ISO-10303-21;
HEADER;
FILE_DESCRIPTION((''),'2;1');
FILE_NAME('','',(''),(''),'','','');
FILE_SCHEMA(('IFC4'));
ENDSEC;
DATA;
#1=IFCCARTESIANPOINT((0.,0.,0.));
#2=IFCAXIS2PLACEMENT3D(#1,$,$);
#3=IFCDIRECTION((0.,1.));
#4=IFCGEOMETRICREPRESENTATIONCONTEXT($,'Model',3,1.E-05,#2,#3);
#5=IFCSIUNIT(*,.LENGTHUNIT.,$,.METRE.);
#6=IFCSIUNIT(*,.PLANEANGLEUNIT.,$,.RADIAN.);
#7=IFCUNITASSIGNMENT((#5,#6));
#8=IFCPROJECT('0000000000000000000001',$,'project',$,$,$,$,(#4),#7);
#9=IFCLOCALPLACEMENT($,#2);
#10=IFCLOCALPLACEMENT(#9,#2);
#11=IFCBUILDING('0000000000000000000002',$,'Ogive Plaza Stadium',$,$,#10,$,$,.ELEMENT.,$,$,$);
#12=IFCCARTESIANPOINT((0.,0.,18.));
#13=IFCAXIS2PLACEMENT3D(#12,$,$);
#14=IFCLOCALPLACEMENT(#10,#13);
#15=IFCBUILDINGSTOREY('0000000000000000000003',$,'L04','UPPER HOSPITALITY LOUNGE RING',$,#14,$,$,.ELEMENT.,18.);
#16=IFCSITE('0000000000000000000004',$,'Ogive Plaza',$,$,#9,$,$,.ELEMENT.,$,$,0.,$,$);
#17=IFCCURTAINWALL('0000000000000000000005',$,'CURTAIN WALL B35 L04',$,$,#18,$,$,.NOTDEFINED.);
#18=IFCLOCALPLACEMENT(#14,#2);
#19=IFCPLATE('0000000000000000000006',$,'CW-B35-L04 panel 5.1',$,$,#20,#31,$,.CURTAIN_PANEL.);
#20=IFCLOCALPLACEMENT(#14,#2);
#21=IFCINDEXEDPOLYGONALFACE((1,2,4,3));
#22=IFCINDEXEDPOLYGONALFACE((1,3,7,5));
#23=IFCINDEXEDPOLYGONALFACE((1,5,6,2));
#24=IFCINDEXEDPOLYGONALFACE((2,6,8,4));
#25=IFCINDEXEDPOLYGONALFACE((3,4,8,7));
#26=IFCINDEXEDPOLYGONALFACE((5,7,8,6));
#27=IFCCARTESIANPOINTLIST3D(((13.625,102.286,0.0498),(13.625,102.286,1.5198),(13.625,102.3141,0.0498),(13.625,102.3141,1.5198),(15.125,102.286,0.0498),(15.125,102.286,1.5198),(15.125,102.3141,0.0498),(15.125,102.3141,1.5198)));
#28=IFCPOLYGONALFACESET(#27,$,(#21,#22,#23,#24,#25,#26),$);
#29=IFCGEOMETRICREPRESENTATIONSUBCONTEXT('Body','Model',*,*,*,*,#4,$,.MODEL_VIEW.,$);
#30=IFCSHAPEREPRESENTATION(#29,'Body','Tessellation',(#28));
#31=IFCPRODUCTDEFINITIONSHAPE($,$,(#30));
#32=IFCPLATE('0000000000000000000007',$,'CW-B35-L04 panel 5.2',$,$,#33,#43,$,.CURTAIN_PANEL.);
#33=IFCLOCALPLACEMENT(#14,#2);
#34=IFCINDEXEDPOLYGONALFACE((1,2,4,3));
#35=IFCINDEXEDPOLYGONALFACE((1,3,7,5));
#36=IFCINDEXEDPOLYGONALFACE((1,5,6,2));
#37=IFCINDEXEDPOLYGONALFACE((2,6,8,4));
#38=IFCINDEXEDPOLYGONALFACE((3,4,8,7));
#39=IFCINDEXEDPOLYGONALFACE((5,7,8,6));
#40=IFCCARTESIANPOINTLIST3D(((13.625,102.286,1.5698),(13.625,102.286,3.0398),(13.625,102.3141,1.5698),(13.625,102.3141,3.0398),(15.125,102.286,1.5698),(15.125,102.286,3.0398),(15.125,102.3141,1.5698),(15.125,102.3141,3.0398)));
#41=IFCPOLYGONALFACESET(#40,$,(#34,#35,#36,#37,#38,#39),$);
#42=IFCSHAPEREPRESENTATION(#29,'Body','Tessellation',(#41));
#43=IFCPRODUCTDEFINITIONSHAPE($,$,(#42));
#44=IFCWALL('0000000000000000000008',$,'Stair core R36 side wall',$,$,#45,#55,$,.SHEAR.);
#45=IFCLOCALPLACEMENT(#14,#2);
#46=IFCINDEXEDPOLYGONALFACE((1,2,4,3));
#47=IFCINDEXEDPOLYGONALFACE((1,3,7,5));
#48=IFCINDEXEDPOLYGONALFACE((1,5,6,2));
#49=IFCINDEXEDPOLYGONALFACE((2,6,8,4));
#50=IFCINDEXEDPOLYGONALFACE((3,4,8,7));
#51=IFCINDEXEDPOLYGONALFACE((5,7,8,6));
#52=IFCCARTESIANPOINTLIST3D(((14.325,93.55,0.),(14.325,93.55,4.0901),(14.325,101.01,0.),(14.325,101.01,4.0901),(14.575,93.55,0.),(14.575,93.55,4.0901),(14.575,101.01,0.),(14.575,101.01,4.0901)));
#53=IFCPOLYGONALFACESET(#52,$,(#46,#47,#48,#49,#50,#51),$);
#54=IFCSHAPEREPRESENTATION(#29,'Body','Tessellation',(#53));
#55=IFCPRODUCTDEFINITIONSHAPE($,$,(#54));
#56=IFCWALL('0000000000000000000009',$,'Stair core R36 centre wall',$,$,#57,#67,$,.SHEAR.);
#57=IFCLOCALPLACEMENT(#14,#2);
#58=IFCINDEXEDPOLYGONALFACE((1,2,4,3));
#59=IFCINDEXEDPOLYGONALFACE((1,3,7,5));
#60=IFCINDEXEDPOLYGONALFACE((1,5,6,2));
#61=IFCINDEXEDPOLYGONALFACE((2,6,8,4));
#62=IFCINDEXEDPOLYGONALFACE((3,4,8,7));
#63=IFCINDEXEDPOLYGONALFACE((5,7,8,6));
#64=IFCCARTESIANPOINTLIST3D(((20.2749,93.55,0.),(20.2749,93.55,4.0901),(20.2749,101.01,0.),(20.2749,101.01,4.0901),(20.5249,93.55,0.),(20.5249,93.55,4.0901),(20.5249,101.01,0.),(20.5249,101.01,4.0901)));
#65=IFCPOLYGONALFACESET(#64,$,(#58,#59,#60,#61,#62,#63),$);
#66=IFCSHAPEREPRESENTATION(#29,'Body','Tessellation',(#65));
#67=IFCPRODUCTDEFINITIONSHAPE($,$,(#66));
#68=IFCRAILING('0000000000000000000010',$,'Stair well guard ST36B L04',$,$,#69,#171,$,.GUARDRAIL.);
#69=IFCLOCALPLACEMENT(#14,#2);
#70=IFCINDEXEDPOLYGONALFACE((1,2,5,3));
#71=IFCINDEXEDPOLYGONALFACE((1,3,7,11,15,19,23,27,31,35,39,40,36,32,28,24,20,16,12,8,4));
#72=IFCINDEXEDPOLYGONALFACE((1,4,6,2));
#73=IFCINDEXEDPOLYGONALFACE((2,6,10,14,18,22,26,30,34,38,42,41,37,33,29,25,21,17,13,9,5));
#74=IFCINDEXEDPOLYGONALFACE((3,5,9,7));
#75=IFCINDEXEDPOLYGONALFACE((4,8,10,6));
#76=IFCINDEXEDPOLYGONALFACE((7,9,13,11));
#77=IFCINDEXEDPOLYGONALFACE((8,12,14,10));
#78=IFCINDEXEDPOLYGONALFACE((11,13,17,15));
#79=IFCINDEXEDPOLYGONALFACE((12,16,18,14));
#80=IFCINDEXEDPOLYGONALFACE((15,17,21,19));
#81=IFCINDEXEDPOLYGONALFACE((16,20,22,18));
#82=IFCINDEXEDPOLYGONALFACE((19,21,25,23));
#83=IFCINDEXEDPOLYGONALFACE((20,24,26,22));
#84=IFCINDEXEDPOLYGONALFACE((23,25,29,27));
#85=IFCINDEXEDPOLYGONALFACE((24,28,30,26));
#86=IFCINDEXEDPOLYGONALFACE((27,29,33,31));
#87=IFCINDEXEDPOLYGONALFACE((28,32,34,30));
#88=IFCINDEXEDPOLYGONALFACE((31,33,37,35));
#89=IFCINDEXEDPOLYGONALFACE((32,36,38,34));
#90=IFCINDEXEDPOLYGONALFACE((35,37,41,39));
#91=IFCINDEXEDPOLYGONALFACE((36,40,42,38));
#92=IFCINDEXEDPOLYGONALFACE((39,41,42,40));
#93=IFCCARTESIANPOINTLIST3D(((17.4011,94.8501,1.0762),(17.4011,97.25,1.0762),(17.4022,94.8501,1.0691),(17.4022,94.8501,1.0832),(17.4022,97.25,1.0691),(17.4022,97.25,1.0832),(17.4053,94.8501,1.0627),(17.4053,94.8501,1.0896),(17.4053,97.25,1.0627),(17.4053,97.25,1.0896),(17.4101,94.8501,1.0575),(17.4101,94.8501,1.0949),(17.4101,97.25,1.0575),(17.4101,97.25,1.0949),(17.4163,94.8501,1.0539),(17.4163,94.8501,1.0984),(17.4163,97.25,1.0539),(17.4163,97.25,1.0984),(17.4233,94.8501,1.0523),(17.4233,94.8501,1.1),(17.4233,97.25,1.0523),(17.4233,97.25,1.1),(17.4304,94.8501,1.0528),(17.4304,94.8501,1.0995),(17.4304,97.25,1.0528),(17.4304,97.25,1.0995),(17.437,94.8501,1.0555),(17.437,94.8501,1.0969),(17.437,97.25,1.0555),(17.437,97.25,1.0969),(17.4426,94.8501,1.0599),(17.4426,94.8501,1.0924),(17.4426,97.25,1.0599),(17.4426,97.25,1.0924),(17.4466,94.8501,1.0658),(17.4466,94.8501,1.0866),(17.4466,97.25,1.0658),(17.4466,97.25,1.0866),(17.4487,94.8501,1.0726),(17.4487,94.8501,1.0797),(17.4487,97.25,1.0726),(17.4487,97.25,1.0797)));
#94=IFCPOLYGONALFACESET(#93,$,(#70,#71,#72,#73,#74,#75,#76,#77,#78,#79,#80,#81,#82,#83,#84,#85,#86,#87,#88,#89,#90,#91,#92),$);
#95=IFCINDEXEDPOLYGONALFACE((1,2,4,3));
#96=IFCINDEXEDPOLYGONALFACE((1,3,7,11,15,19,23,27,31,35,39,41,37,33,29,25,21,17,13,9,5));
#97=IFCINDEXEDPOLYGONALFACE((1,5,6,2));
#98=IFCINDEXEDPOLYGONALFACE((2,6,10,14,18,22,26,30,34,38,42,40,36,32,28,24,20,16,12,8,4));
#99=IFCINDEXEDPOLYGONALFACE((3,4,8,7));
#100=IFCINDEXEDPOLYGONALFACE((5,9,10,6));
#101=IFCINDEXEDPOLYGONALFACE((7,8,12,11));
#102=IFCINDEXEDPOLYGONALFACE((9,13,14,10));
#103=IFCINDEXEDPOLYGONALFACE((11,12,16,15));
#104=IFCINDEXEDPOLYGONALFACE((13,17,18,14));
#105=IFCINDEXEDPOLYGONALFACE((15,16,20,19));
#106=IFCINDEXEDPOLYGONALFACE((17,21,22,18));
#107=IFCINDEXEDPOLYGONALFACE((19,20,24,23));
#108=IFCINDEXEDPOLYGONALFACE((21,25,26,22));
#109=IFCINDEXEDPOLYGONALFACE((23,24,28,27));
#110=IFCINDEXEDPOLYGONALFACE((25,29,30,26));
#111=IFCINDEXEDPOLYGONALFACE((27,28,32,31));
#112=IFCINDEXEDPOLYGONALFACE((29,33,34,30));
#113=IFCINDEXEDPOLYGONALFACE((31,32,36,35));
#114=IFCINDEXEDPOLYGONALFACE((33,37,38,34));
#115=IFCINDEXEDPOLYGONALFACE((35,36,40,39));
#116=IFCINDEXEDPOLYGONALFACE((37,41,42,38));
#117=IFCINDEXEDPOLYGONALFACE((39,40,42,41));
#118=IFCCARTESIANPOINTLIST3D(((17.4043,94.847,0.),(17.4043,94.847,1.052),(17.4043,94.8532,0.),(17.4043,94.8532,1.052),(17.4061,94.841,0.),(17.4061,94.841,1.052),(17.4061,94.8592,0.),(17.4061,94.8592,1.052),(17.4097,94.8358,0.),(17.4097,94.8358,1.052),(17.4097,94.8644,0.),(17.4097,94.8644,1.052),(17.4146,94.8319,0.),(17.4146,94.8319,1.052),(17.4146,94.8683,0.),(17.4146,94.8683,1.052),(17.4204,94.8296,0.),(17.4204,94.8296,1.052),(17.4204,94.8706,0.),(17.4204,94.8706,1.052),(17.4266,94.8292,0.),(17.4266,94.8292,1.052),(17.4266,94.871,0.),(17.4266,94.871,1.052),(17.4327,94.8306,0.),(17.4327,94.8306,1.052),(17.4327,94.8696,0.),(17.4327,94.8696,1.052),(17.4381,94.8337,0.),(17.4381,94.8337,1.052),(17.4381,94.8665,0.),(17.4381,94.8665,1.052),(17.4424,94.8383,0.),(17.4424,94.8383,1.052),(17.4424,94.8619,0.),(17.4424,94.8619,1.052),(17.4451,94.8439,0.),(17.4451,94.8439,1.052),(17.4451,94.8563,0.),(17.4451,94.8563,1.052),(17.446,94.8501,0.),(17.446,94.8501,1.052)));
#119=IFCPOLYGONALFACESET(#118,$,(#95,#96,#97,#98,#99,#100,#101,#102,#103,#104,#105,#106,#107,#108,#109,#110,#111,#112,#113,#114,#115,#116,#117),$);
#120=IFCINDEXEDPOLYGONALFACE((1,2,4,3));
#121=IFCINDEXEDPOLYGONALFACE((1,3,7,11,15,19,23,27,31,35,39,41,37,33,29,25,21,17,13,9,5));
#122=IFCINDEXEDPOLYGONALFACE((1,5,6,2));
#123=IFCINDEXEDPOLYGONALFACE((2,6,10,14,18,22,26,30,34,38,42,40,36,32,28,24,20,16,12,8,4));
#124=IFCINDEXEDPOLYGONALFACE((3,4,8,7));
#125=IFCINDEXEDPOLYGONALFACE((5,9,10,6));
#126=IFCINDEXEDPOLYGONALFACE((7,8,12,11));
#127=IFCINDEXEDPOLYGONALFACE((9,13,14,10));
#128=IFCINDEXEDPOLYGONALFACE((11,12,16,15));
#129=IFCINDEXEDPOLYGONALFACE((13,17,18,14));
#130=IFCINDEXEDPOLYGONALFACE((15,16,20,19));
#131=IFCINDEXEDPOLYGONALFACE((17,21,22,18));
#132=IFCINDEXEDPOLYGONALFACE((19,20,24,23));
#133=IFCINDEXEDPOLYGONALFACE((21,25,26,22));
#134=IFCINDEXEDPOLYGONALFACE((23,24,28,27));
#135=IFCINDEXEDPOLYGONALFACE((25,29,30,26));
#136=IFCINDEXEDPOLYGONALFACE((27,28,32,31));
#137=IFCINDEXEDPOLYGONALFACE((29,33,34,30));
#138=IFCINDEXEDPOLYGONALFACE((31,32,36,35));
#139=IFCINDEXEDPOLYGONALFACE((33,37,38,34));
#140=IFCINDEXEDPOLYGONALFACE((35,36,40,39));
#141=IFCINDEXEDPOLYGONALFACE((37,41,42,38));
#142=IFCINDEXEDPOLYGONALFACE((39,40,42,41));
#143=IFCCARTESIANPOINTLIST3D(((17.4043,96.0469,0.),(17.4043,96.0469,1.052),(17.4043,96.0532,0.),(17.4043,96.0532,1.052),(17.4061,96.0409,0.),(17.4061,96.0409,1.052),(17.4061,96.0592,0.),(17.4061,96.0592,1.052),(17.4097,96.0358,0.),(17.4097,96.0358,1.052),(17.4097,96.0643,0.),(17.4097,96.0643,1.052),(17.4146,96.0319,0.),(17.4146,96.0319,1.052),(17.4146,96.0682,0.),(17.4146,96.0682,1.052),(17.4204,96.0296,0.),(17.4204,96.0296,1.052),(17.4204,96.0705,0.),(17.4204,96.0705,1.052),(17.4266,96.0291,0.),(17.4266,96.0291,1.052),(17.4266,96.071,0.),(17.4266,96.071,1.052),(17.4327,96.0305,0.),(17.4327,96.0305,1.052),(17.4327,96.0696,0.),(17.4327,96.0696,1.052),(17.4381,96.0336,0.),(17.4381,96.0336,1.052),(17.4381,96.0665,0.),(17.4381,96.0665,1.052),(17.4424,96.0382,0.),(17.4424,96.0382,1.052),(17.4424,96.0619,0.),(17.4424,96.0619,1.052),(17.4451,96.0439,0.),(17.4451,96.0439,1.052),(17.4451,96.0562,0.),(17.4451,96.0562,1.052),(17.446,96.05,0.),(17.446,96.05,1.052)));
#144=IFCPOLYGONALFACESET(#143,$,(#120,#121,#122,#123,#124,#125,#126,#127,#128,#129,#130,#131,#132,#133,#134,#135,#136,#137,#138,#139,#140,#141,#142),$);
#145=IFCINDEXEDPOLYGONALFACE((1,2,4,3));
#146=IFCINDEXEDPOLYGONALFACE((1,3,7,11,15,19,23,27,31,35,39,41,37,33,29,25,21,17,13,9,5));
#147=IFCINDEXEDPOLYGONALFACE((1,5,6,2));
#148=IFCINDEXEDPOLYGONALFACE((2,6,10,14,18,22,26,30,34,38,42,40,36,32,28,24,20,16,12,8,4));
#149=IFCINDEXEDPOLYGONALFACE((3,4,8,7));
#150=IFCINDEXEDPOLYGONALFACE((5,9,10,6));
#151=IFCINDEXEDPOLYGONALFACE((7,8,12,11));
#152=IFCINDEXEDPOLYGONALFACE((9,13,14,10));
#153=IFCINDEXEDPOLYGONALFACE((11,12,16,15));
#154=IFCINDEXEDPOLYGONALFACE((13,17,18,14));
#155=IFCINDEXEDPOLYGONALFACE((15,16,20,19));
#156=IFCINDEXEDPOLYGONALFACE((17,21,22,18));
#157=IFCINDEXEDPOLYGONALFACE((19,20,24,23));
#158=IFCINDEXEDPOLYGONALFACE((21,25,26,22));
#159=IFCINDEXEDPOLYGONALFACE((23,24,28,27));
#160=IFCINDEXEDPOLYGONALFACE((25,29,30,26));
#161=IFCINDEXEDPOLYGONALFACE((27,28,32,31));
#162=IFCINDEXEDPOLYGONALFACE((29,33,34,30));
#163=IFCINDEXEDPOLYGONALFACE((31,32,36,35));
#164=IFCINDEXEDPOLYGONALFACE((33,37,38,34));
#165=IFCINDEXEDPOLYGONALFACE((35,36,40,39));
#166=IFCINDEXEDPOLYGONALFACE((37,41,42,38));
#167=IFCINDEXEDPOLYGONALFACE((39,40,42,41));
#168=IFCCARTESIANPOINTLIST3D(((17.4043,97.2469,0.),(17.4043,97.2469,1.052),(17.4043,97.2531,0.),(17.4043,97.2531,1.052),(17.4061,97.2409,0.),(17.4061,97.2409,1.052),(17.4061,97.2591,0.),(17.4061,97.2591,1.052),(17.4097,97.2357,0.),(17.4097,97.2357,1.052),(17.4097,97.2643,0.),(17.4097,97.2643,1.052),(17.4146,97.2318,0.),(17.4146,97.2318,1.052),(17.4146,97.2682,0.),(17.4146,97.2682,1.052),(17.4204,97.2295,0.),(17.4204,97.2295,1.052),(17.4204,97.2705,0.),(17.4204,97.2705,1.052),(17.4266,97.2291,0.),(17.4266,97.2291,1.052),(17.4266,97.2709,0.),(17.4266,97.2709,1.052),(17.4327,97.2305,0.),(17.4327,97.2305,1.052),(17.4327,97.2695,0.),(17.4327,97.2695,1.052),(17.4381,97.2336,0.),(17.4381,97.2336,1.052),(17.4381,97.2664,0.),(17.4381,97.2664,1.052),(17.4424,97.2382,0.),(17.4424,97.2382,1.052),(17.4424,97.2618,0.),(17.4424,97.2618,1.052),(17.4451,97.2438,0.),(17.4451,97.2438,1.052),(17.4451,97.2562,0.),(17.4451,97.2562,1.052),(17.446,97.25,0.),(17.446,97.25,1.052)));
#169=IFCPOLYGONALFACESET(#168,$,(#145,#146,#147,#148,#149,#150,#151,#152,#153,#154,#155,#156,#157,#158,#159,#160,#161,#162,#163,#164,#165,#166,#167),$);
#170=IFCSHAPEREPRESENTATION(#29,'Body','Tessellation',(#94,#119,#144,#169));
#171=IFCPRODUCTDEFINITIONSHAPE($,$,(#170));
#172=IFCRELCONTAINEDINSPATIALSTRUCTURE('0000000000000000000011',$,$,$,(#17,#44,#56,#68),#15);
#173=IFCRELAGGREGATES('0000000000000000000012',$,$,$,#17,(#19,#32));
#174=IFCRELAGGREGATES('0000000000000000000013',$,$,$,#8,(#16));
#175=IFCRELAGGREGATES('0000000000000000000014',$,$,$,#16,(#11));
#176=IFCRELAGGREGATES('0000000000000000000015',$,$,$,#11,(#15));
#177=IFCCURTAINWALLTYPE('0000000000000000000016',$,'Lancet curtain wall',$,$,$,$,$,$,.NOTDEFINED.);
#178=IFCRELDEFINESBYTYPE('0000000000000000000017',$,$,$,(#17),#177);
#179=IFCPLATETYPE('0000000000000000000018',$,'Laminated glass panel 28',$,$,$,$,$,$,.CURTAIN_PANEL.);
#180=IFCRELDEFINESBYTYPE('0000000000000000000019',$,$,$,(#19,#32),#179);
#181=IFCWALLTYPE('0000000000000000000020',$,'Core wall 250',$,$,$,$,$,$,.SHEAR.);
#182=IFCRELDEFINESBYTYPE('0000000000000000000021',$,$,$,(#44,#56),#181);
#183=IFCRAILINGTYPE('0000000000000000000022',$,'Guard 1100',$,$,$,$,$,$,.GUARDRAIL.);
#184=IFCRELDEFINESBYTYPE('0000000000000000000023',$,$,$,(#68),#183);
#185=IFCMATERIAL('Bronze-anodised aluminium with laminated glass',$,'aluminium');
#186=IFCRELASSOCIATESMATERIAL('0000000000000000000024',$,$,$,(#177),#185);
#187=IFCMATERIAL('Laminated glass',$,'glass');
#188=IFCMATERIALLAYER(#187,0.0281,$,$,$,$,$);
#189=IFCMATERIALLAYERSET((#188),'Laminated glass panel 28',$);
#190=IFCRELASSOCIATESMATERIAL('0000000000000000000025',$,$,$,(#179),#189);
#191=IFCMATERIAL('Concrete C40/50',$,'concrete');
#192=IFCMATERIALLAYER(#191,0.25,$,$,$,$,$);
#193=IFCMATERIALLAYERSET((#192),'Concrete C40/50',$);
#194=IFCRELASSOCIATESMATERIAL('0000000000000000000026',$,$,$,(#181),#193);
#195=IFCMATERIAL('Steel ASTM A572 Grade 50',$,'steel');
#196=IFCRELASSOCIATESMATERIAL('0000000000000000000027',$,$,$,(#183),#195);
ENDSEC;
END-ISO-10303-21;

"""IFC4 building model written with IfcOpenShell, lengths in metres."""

from ifc_helpers import new_model, si_unit, direction, frame, frame_2d, origin, origin_2d, place, context, subcontext, project, spatial, rectangle, circle, extrude, material, layer, layer_set, type_object, element, aggregate, save


model = new_model("IFC4")

# Units and contexts
model_context = context("Model", 3, precision=1e-05, world=origin(), true_north=direction((0.0, 1.0)))
body_context = subcontext(model_context, "Body", "Model", "MODEL_VIEW")
ifc_project = project(units=[si_unit("LENGTHUNIT", "METRE"), si_unit("PLANEANGLEUNIT", "RADIAN")], contexts=[model_context])

# Site, building, storey
site_placement = place(None, origin())
site = spatial("IfcSite", under=ifc_project, at=site_placement, Name="Ogive Plaza", CompositionType="ELEMENT", RefElevation=0.0)
building_placement = place(site_placement, origin())
building = spatial("IfcBuilding", under=site, at=building_placement, Name="Ogive Plaza Stadium", CompositionType="ELEMENT")
storey_placement = place(building_placement, frame((0.0, 0.0, 18.0)))
storey = spatial("IfcBuildingStorey", under=building, at=storey_placement, Name="L04", Description="UPPER HOSPITALITY LOUNGE RING", CompositionType="ELEMENT", Elevation=18.0)

# Curtain wall
ifc_material_1 = material(Name="Bronze-anodised aluminium with laminated glass", Category="aluminium")
curtain_wall_type = type_object("IfcCurtainWallType", Name="Lancet curtain wall", PredefinedType="NOTDEFINED", material=ifc_material_1)
curtain_wall_placement = place(storey_placement, origin())
curtain_wall = element("IfcCurtainWall", 1, at=curtain_wall_placement, inside=storey, type_object=curtain_wall_type, Name="CURTAIN WALL B35 L04", PredefinedType="NOTDEFINED")

# Plates
ifc_material_2 = material(Name="Laminated glass", Category="glass")
ifc_layer_1 = layer(ifc_material_2, 0.0281)
ifc_layer_set_1 = layer_set([ifc_layer_1], Name="Laminated glass panel 28")
plate_type = type_object("IfcPlateType", Name="Laminated glass panel 28", PredefinedType="CURTAIN_PANEL", material=ifc_layer_set_1)
plate_1_placement = place(storey_placement, frame((14.375, 102.3, 0.0498), z_axis=(0.0, 0.0, 1.0), x_axis=(1.0, 0.0, 0.0)))
plate_1 = element("IfcPlate", 2, at=plate_1_placement, type_object=plate_type, Name="CW-B35-L04 panel 5.1", PredefinedType="CURTAIN_PANEL", context=body_context, shape_type="SweptSolid", body=[
    extrude(rectangle(XDim=1.5, YDim=0.0281, at=origin_2d()), origin(), (0.0, 0.0, 1.0), 1.47),
])
plate_2_placement = place(storey_placement, frame((14.375, 102.3, 1.5698), z_axis=(0.0, 0.0, 1.0), x_axis=(1.0, 0.0, 0.0)))
plate_2 = element("IfcPlate", 3, at=plate_2_placement, type_object=plate_type, Name="CW-B35-L04 panel 5.2", PredefinedType="CURTAIN_PANEL", context=body_context, shape_type="SweptSolid", body=[
    extrude(rectangle(XDim=1.5, YDim=0.0281, at=origin_2d()), origin(), (0.0, 0.0, 1.0), 1.47),
])
aggregate(curtain_wall, [plate_1, plate_2])

# Walls
ifc_material_3 = material(Name="Concrete C40/50", Category="concrete")
ifc_layer_2 = layer(ifc_material_3, 0.25)
ifc_layer_set_2 = layer_set([ifc_layer_2], Name="Concrete C40/50")
wall_type = type_object("IfcWallType", Name="Core wall 250", PredefinedType="SHEAR", material=ifc_layer_set_2)
for number, where, z_axis, x_axis, name in (
    (4, (14.45, 93.55, 0.0), (0.0, 0.0, 1.0), (0.0, 1.0, 0.0), "Stair core R36 side wall"),
    (5, (20.3999, 93.55, 0.0), (0.0, 0.0, 1.0), (0.0, 1.0, 0.0), "Stair core R36 centre wall"),
):
    element("IfcWall", number, at=place(storey_placement, frame(where, z_axis=z_axis, x_axis=x_axis)), inside=storey, type_object=wall_type, Name=name, PredefinedType="SHEAR", context=body_context, shape_type="SweptSolid", body=[
        extrude(rectangle(XDim=7.46, YDim=0.25, at=frame_2d((3.73, 0.0))), origin(), (0.0, 0.0, 1.0), 4.0901),
    ])

# Railing
ifc_material_4 = material(Name="Steel ASTM A572 Grade 50", Category="steel")
railing_type_1 = type_object("IfcRailingType", Name="Guard 1100", PredefinedType="GUARDRAIL", material=ifc_material_4)
for number, where, name in (
    (6, (17.425, 94.8501, 0.0), "Stair well guard ST36B L04"),
):
    element("IfcRailing", number, at=place(storey_placement, frame(where)), inside=storey, type_object=railing_type_1, Name=name, PredefinedType="GUARDRAIL", context=body_context, shape_type="SweptSolid", body=[
        extrude(circle(Radius=0.0239, at=origin_2d()), frame((0.0, 0.0, 1.0762), z_axis=(0.0, 1.0, 0.0), x_axis=(-1.0, 0.0, 0.0)), (0.0, 0.0, 1.0), 2.3999),
        extrude(circle(Radius=0.021, at=origin_2d()), origin(), (0.0, 0.0, 1.0), 1.052),
        extrude(circle(Radius=0.021, at=origin_2d()), frame((0.0, 1.2, 0.0)), (0.0, 0.0, 1.0), 1.052),
        extrude(circle(Radius=0.021, at=origin_2d()), frame((0.0, 2.3999, 0.0)), (0.0, 0.0, 1.0), 1.052),
    ])

save(model, "model.ifc")
